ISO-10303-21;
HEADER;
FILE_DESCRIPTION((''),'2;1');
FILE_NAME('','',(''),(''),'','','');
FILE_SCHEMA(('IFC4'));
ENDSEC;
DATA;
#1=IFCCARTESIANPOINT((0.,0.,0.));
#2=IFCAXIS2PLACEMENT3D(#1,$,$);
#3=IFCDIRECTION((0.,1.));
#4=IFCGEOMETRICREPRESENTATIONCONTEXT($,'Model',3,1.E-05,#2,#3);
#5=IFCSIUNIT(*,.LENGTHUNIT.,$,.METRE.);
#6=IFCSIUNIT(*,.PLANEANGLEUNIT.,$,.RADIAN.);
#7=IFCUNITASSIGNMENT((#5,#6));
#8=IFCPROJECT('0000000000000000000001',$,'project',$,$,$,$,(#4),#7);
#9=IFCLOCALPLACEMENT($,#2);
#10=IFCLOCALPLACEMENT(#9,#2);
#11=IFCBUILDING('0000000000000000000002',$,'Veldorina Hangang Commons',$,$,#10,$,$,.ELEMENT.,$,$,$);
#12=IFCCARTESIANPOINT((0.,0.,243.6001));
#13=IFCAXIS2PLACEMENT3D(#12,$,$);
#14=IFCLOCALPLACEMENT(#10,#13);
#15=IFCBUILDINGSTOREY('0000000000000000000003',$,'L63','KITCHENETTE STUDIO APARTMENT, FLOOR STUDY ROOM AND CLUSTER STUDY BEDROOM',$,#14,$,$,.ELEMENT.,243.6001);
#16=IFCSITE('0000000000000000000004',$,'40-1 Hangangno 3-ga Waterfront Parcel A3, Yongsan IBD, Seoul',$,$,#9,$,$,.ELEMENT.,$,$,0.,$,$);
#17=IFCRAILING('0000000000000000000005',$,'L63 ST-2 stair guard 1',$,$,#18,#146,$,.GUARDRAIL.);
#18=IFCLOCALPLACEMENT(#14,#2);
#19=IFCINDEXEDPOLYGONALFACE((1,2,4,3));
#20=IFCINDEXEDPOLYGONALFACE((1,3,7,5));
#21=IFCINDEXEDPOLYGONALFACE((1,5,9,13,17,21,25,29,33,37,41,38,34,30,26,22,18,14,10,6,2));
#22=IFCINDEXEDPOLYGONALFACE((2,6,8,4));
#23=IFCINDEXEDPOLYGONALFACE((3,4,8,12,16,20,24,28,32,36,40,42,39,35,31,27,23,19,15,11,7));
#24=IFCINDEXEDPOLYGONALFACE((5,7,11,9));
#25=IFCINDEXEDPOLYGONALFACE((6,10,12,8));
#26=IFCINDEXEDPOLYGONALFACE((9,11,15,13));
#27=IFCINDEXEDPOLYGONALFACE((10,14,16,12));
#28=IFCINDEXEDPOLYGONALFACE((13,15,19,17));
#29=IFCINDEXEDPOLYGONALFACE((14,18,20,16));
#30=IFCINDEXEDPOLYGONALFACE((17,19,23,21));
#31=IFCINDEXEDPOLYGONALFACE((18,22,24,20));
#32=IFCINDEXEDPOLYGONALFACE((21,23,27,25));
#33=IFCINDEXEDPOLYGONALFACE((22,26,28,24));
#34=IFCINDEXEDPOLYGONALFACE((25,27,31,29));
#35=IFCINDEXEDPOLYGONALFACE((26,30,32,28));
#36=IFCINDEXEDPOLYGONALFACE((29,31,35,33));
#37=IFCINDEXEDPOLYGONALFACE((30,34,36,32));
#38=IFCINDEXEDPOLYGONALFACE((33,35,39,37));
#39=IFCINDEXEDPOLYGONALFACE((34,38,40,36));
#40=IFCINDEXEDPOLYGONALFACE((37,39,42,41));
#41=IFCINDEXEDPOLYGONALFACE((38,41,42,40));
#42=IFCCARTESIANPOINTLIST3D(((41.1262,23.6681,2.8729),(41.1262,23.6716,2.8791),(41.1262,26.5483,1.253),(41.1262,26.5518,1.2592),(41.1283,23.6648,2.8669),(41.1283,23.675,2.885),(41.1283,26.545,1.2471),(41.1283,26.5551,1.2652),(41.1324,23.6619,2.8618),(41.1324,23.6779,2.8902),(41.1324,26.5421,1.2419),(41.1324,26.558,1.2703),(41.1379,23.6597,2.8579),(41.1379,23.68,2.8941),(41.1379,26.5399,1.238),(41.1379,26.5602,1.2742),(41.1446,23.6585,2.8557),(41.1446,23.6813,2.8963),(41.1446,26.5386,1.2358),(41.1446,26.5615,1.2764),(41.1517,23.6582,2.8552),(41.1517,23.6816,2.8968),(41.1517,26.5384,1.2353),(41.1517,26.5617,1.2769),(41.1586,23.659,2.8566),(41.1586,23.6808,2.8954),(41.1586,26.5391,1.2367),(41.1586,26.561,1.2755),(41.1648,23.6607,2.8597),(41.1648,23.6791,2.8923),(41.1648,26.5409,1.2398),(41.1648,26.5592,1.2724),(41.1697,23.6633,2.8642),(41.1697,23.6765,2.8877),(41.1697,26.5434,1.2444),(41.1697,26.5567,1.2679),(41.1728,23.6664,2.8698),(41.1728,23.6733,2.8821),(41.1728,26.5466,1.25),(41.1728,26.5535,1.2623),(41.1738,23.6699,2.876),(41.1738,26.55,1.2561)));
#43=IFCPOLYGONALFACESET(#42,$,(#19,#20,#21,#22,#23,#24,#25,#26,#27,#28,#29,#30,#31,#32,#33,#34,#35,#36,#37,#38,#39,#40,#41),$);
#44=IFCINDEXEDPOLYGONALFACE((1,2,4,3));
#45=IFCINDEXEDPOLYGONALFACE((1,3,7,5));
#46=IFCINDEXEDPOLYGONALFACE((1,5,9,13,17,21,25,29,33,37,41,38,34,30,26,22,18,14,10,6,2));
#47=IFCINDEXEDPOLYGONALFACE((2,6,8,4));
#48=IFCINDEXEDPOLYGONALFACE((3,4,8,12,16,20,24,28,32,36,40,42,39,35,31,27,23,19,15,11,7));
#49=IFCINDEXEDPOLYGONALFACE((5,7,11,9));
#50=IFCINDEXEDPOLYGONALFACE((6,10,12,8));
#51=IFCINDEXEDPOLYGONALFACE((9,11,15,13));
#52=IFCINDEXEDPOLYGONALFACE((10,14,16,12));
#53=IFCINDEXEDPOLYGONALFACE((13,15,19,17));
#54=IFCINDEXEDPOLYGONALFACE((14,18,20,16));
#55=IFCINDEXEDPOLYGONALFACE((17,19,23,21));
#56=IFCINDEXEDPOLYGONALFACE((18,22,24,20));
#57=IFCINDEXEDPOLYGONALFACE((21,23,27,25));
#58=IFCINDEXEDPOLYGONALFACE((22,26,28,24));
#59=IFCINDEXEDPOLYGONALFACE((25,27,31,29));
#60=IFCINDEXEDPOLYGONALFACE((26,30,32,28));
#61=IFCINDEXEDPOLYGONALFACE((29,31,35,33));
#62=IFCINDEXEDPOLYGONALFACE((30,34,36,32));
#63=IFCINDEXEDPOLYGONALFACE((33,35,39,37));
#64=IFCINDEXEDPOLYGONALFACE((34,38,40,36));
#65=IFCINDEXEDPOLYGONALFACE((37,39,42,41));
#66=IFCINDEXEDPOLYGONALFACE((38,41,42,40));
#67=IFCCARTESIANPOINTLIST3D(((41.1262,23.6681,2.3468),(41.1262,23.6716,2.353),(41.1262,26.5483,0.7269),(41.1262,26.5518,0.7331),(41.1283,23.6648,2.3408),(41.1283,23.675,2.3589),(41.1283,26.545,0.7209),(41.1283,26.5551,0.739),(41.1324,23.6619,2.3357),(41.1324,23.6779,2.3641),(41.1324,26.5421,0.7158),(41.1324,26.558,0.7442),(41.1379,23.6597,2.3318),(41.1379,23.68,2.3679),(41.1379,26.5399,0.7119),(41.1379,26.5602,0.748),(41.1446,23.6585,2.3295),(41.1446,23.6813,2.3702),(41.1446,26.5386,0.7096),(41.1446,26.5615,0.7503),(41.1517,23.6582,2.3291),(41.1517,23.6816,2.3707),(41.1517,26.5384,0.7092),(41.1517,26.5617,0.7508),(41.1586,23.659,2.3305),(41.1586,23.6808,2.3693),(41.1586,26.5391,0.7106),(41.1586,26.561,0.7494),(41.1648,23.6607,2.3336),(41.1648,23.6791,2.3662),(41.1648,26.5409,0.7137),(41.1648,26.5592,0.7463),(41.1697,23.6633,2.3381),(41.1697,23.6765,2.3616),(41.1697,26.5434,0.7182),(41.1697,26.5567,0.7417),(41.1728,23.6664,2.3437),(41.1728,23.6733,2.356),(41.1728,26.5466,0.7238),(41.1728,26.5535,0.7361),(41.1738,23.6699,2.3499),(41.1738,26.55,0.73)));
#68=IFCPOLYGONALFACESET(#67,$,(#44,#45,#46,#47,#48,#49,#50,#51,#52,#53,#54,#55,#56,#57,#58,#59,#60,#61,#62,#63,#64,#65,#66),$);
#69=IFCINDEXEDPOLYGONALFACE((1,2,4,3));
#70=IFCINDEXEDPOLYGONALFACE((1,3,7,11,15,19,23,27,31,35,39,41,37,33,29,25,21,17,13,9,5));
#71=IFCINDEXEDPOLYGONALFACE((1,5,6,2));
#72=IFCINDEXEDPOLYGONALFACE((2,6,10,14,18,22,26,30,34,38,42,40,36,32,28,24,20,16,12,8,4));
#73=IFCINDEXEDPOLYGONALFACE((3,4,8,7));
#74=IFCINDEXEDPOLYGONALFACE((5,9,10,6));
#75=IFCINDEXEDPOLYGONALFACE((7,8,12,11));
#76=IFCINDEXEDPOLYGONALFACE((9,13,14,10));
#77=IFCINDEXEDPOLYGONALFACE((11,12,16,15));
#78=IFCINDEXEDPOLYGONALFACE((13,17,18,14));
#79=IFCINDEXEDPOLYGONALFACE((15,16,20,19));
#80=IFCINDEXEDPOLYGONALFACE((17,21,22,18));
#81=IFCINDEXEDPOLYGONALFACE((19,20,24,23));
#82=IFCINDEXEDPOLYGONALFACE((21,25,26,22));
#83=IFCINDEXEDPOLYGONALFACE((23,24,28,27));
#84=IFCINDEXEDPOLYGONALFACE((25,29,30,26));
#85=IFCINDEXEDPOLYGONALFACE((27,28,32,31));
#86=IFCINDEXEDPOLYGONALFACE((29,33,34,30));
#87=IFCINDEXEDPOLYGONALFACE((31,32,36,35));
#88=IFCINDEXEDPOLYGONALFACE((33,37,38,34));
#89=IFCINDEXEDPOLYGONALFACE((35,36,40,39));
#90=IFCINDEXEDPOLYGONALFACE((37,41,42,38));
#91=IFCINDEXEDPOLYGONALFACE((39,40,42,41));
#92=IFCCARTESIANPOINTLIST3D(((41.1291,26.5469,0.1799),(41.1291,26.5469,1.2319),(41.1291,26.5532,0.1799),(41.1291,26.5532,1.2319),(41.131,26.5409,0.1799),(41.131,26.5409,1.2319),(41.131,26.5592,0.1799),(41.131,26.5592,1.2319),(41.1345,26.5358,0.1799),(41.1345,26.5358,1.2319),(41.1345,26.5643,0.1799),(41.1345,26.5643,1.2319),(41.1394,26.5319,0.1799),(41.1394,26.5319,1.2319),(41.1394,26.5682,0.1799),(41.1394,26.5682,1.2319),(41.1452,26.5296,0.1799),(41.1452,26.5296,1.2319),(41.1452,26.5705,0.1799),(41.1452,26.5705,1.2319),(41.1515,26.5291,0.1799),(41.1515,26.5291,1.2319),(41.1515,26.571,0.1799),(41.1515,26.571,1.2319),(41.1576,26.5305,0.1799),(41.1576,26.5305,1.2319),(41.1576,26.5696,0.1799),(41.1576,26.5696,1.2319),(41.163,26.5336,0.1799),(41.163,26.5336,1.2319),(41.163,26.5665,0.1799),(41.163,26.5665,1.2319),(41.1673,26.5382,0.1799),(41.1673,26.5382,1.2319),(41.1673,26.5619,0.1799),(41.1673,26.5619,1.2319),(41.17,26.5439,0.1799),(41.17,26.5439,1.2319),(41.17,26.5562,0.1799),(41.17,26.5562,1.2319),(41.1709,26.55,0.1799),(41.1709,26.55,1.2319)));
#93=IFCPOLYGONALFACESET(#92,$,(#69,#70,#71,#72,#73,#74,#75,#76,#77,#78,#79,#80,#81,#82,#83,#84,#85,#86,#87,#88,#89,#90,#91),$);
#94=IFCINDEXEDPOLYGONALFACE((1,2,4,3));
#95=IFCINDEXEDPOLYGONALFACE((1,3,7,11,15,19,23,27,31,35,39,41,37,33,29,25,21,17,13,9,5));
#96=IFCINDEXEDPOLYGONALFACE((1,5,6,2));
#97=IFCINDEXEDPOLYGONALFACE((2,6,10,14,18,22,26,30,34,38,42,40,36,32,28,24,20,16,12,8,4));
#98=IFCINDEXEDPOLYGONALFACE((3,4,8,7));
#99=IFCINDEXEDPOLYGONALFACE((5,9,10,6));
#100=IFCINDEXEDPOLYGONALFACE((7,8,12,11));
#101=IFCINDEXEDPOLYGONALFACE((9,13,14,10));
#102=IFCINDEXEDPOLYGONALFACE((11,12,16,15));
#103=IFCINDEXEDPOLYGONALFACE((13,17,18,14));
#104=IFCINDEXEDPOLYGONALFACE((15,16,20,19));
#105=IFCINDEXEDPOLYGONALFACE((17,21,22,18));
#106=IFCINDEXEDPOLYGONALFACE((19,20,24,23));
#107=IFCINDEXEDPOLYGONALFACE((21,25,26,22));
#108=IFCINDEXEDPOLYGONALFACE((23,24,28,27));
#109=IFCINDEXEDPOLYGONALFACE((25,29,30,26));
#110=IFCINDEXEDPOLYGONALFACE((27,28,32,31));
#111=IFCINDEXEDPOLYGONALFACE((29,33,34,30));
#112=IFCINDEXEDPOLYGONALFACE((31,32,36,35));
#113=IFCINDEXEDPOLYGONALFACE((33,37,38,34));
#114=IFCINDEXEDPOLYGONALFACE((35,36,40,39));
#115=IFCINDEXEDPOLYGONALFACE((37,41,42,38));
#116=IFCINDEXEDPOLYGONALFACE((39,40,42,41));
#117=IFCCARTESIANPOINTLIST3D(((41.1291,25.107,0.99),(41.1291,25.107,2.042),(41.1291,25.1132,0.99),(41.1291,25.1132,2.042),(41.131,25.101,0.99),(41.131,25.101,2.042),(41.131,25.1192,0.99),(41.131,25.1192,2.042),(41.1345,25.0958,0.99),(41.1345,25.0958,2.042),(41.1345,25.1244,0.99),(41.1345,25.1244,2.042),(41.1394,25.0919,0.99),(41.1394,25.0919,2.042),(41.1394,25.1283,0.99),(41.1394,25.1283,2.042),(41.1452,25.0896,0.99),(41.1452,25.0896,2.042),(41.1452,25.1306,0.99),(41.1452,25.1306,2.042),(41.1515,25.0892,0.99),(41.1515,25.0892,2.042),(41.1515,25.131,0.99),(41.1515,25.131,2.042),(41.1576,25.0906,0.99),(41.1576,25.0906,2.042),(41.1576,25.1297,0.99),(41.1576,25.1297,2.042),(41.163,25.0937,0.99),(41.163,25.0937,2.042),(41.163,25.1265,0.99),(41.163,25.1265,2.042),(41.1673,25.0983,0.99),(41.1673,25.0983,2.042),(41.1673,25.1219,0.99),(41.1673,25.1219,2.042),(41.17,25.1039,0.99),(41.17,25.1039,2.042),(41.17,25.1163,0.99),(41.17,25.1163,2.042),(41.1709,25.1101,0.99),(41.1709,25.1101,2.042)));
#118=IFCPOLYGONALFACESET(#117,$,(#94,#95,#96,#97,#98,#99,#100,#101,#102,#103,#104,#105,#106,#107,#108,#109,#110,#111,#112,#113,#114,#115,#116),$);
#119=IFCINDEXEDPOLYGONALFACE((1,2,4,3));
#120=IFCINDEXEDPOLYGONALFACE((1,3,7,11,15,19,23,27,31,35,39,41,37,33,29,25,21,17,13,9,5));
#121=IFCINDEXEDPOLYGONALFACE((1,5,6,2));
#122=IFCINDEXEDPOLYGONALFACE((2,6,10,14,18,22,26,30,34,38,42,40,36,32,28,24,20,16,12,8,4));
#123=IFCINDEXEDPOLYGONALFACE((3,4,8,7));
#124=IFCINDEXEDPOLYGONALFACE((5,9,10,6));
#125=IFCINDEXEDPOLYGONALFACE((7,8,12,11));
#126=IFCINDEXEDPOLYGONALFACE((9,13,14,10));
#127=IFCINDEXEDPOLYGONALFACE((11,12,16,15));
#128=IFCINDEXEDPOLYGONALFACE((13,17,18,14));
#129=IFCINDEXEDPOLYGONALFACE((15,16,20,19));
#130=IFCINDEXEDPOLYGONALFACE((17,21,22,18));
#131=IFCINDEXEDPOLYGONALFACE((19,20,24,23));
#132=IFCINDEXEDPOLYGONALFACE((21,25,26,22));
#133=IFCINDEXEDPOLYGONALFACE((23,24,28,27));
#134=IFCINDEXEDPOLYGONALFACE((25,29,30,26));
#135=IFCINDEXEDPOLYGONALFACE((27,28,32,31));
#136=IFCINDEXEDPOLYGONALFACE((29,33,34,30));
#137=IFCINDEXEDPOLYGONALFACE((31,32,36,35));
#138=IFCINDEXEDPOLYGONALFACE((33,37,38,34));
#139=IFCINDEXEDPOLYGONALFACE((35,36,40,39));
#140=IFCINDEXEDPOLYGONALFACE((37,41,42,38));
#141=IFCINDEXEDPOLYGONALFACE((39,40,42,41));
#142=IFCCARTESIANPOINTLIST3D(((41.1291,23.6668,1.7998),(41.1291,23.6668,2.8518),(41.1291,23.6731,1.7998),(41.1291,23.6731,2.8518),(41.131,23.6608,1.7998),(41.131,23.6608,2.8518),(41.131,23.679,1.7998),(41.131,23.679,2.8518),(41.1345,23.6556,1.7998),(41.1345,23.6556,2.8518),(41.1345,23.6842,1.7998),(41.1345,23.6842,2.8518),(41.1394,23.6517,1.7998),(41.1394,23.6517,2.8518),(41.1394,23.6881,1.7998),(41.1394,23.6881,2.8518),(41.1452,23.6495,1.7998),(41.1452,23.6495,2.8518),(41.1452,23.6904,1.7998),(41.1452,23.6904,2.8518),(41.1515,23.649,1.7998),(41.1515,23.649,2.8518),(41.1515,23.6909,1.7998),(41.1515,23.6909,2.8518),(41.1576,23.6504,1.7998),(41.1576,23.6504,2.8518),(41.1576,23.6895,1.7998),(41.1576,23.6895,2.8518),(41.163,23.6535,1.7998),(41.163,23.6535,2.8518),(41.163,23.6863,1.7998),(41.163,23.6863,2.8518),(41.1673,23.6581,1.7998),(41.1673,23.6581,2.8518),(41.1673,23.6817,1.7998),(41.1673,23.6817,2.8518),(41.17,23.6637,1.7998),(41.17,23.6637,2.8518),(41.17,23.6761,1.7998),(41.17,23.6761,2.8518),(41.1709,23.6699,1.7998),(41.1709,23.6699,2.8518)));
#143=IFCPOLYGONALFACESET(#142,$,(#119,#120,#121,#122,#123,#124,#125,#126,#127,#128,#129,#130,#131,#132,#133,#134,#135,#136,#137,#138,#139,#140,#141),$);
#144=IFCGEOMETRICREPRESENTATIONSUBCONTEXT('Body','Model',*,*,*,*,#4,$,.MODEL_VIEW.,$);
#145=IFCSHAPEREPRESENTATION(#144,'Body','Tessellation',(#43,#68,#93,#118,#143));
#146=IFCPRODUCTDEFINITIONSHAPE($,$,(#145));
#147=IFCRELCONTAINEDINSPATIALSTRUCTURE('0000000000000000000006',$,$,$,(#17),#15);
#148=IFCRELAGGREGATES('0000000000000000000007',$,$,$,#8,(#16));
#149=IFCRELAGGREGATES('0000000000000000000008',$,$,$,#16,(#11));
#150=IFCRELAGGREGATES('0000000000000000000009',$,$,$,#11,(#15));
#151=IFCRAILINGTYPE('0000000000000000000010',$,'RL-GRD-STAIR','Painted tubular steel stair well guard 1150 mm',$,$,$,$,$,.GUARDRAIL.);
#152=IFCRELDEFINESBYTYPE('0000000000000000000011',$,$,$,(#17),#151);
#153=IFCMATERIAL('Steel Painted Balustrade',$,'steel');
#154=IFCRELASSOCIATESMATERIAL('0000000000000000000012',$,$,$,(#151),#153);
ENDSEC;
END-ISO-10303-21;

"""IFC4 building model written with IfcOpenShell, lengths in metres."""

from ifc_helpers import new_model, si_unit, direction, frame, origin, origin_2d, place, context, subcontext, project, spatial, circle, extrude, material, type_object, element, save


model = new_model("IFC4")

# Units and contexts
model_context = context("Model", 3, precision=1e-05, world=origin(), true_north=direction((0.0, 1.0)))
body_context = subcontext(model_context, "Body", "Model", "MODEL_VIEW")
ifc_project = project(units=[si_unit("LENGTHUNIT", "METRE"), si_unit("PLANEANGLEUNIT", "RADIAN")], contexts=[model_context])

# Site, building, storey
site_placement = place(None, origin())
site = spatial("IfcSite", under=ifc_project, at=site_placement, Name="40-1 Hangangno 3-ga Waterfront Parcel A3, Yongsan IBD, Seoul", CompositionType="ELEMENT", RefElevation=0.0)
building_placement = place(site_placement, origin())
building = spatial("IfcBuilding", under=site, at=building_placement, Name="Veldorina Hangang Commons", CompositionType="ELEMENT")
storey_placement = place(building_placement, frame((0.0, 0.0, 243.6001)))
storey = spatial("IfcBuildingStorey", under=building, at=storey_placement, Name="L63", Description="KITCHENETTE STUDIO APARTMENT, FLOOR STUDY ROOM AND CLUSTER STUDY BEDROOM", CompositionType="ELEMENT", Elevation=243.6001)

# Railing
ifc_material_1 = material(Name="Steel Painted Balustrade", Category="steel")
railing_type_1 = type_object("IfcRailingType", Name="RL-GRD-STAIR", Description="Painted tubular steel stair well guard 1150 mm", PredefinedType="GUARDRAIL", material=ifc_material_1)
railing_1_placement = place(storey_placement, frame((41.1499, 26.55, 0.1799)))
element("IfcRailing", 1, at=railing_1_placement, inside=storey, type_object=railing_type_1, Name="L63 ST-2 stair guard 1", PredefinedType="GUARDRAIL", context=body_context, shape_type="SweptSolid", body=[
    extrude(circle(Radius=0.0239, at=origin_2d()), frame((0.0, 0.0, 1.0762), z_axis=(0.0, -0.871601, 0.490216), x_axis=(1.0, 0.0, 0.0)), (0.0, 0.0, 1.0), 3.3044),
    extrude(circle(Radius=0.0239, at=origin_2d()), frame((0.0, 0.0, 0.55), z_axis=(0.0, -0.871601, 0.490216), x_axis=(1.0, 0.0, 0.0)), (0.0, 0.0, 1.0), 3.3044),
    extrude(circle(Radius=0.021, at=origin_2d()), origin(), (0.0, 0.0, 1.0), 1.052),
    extrude(circle(Radius=0.021, at=origin_2d()), frame((0.0, -1.4399, 0.8101)), (0.0, 0.0, 1.0), 1.052),
    extrude(circle(Radius=0.021, at=origin_2d()), frame((0.0, -2.8801, 1.6199)), (0.0, 0.0, 1.0), 1.052),
])

save(model, "model.ifc")
